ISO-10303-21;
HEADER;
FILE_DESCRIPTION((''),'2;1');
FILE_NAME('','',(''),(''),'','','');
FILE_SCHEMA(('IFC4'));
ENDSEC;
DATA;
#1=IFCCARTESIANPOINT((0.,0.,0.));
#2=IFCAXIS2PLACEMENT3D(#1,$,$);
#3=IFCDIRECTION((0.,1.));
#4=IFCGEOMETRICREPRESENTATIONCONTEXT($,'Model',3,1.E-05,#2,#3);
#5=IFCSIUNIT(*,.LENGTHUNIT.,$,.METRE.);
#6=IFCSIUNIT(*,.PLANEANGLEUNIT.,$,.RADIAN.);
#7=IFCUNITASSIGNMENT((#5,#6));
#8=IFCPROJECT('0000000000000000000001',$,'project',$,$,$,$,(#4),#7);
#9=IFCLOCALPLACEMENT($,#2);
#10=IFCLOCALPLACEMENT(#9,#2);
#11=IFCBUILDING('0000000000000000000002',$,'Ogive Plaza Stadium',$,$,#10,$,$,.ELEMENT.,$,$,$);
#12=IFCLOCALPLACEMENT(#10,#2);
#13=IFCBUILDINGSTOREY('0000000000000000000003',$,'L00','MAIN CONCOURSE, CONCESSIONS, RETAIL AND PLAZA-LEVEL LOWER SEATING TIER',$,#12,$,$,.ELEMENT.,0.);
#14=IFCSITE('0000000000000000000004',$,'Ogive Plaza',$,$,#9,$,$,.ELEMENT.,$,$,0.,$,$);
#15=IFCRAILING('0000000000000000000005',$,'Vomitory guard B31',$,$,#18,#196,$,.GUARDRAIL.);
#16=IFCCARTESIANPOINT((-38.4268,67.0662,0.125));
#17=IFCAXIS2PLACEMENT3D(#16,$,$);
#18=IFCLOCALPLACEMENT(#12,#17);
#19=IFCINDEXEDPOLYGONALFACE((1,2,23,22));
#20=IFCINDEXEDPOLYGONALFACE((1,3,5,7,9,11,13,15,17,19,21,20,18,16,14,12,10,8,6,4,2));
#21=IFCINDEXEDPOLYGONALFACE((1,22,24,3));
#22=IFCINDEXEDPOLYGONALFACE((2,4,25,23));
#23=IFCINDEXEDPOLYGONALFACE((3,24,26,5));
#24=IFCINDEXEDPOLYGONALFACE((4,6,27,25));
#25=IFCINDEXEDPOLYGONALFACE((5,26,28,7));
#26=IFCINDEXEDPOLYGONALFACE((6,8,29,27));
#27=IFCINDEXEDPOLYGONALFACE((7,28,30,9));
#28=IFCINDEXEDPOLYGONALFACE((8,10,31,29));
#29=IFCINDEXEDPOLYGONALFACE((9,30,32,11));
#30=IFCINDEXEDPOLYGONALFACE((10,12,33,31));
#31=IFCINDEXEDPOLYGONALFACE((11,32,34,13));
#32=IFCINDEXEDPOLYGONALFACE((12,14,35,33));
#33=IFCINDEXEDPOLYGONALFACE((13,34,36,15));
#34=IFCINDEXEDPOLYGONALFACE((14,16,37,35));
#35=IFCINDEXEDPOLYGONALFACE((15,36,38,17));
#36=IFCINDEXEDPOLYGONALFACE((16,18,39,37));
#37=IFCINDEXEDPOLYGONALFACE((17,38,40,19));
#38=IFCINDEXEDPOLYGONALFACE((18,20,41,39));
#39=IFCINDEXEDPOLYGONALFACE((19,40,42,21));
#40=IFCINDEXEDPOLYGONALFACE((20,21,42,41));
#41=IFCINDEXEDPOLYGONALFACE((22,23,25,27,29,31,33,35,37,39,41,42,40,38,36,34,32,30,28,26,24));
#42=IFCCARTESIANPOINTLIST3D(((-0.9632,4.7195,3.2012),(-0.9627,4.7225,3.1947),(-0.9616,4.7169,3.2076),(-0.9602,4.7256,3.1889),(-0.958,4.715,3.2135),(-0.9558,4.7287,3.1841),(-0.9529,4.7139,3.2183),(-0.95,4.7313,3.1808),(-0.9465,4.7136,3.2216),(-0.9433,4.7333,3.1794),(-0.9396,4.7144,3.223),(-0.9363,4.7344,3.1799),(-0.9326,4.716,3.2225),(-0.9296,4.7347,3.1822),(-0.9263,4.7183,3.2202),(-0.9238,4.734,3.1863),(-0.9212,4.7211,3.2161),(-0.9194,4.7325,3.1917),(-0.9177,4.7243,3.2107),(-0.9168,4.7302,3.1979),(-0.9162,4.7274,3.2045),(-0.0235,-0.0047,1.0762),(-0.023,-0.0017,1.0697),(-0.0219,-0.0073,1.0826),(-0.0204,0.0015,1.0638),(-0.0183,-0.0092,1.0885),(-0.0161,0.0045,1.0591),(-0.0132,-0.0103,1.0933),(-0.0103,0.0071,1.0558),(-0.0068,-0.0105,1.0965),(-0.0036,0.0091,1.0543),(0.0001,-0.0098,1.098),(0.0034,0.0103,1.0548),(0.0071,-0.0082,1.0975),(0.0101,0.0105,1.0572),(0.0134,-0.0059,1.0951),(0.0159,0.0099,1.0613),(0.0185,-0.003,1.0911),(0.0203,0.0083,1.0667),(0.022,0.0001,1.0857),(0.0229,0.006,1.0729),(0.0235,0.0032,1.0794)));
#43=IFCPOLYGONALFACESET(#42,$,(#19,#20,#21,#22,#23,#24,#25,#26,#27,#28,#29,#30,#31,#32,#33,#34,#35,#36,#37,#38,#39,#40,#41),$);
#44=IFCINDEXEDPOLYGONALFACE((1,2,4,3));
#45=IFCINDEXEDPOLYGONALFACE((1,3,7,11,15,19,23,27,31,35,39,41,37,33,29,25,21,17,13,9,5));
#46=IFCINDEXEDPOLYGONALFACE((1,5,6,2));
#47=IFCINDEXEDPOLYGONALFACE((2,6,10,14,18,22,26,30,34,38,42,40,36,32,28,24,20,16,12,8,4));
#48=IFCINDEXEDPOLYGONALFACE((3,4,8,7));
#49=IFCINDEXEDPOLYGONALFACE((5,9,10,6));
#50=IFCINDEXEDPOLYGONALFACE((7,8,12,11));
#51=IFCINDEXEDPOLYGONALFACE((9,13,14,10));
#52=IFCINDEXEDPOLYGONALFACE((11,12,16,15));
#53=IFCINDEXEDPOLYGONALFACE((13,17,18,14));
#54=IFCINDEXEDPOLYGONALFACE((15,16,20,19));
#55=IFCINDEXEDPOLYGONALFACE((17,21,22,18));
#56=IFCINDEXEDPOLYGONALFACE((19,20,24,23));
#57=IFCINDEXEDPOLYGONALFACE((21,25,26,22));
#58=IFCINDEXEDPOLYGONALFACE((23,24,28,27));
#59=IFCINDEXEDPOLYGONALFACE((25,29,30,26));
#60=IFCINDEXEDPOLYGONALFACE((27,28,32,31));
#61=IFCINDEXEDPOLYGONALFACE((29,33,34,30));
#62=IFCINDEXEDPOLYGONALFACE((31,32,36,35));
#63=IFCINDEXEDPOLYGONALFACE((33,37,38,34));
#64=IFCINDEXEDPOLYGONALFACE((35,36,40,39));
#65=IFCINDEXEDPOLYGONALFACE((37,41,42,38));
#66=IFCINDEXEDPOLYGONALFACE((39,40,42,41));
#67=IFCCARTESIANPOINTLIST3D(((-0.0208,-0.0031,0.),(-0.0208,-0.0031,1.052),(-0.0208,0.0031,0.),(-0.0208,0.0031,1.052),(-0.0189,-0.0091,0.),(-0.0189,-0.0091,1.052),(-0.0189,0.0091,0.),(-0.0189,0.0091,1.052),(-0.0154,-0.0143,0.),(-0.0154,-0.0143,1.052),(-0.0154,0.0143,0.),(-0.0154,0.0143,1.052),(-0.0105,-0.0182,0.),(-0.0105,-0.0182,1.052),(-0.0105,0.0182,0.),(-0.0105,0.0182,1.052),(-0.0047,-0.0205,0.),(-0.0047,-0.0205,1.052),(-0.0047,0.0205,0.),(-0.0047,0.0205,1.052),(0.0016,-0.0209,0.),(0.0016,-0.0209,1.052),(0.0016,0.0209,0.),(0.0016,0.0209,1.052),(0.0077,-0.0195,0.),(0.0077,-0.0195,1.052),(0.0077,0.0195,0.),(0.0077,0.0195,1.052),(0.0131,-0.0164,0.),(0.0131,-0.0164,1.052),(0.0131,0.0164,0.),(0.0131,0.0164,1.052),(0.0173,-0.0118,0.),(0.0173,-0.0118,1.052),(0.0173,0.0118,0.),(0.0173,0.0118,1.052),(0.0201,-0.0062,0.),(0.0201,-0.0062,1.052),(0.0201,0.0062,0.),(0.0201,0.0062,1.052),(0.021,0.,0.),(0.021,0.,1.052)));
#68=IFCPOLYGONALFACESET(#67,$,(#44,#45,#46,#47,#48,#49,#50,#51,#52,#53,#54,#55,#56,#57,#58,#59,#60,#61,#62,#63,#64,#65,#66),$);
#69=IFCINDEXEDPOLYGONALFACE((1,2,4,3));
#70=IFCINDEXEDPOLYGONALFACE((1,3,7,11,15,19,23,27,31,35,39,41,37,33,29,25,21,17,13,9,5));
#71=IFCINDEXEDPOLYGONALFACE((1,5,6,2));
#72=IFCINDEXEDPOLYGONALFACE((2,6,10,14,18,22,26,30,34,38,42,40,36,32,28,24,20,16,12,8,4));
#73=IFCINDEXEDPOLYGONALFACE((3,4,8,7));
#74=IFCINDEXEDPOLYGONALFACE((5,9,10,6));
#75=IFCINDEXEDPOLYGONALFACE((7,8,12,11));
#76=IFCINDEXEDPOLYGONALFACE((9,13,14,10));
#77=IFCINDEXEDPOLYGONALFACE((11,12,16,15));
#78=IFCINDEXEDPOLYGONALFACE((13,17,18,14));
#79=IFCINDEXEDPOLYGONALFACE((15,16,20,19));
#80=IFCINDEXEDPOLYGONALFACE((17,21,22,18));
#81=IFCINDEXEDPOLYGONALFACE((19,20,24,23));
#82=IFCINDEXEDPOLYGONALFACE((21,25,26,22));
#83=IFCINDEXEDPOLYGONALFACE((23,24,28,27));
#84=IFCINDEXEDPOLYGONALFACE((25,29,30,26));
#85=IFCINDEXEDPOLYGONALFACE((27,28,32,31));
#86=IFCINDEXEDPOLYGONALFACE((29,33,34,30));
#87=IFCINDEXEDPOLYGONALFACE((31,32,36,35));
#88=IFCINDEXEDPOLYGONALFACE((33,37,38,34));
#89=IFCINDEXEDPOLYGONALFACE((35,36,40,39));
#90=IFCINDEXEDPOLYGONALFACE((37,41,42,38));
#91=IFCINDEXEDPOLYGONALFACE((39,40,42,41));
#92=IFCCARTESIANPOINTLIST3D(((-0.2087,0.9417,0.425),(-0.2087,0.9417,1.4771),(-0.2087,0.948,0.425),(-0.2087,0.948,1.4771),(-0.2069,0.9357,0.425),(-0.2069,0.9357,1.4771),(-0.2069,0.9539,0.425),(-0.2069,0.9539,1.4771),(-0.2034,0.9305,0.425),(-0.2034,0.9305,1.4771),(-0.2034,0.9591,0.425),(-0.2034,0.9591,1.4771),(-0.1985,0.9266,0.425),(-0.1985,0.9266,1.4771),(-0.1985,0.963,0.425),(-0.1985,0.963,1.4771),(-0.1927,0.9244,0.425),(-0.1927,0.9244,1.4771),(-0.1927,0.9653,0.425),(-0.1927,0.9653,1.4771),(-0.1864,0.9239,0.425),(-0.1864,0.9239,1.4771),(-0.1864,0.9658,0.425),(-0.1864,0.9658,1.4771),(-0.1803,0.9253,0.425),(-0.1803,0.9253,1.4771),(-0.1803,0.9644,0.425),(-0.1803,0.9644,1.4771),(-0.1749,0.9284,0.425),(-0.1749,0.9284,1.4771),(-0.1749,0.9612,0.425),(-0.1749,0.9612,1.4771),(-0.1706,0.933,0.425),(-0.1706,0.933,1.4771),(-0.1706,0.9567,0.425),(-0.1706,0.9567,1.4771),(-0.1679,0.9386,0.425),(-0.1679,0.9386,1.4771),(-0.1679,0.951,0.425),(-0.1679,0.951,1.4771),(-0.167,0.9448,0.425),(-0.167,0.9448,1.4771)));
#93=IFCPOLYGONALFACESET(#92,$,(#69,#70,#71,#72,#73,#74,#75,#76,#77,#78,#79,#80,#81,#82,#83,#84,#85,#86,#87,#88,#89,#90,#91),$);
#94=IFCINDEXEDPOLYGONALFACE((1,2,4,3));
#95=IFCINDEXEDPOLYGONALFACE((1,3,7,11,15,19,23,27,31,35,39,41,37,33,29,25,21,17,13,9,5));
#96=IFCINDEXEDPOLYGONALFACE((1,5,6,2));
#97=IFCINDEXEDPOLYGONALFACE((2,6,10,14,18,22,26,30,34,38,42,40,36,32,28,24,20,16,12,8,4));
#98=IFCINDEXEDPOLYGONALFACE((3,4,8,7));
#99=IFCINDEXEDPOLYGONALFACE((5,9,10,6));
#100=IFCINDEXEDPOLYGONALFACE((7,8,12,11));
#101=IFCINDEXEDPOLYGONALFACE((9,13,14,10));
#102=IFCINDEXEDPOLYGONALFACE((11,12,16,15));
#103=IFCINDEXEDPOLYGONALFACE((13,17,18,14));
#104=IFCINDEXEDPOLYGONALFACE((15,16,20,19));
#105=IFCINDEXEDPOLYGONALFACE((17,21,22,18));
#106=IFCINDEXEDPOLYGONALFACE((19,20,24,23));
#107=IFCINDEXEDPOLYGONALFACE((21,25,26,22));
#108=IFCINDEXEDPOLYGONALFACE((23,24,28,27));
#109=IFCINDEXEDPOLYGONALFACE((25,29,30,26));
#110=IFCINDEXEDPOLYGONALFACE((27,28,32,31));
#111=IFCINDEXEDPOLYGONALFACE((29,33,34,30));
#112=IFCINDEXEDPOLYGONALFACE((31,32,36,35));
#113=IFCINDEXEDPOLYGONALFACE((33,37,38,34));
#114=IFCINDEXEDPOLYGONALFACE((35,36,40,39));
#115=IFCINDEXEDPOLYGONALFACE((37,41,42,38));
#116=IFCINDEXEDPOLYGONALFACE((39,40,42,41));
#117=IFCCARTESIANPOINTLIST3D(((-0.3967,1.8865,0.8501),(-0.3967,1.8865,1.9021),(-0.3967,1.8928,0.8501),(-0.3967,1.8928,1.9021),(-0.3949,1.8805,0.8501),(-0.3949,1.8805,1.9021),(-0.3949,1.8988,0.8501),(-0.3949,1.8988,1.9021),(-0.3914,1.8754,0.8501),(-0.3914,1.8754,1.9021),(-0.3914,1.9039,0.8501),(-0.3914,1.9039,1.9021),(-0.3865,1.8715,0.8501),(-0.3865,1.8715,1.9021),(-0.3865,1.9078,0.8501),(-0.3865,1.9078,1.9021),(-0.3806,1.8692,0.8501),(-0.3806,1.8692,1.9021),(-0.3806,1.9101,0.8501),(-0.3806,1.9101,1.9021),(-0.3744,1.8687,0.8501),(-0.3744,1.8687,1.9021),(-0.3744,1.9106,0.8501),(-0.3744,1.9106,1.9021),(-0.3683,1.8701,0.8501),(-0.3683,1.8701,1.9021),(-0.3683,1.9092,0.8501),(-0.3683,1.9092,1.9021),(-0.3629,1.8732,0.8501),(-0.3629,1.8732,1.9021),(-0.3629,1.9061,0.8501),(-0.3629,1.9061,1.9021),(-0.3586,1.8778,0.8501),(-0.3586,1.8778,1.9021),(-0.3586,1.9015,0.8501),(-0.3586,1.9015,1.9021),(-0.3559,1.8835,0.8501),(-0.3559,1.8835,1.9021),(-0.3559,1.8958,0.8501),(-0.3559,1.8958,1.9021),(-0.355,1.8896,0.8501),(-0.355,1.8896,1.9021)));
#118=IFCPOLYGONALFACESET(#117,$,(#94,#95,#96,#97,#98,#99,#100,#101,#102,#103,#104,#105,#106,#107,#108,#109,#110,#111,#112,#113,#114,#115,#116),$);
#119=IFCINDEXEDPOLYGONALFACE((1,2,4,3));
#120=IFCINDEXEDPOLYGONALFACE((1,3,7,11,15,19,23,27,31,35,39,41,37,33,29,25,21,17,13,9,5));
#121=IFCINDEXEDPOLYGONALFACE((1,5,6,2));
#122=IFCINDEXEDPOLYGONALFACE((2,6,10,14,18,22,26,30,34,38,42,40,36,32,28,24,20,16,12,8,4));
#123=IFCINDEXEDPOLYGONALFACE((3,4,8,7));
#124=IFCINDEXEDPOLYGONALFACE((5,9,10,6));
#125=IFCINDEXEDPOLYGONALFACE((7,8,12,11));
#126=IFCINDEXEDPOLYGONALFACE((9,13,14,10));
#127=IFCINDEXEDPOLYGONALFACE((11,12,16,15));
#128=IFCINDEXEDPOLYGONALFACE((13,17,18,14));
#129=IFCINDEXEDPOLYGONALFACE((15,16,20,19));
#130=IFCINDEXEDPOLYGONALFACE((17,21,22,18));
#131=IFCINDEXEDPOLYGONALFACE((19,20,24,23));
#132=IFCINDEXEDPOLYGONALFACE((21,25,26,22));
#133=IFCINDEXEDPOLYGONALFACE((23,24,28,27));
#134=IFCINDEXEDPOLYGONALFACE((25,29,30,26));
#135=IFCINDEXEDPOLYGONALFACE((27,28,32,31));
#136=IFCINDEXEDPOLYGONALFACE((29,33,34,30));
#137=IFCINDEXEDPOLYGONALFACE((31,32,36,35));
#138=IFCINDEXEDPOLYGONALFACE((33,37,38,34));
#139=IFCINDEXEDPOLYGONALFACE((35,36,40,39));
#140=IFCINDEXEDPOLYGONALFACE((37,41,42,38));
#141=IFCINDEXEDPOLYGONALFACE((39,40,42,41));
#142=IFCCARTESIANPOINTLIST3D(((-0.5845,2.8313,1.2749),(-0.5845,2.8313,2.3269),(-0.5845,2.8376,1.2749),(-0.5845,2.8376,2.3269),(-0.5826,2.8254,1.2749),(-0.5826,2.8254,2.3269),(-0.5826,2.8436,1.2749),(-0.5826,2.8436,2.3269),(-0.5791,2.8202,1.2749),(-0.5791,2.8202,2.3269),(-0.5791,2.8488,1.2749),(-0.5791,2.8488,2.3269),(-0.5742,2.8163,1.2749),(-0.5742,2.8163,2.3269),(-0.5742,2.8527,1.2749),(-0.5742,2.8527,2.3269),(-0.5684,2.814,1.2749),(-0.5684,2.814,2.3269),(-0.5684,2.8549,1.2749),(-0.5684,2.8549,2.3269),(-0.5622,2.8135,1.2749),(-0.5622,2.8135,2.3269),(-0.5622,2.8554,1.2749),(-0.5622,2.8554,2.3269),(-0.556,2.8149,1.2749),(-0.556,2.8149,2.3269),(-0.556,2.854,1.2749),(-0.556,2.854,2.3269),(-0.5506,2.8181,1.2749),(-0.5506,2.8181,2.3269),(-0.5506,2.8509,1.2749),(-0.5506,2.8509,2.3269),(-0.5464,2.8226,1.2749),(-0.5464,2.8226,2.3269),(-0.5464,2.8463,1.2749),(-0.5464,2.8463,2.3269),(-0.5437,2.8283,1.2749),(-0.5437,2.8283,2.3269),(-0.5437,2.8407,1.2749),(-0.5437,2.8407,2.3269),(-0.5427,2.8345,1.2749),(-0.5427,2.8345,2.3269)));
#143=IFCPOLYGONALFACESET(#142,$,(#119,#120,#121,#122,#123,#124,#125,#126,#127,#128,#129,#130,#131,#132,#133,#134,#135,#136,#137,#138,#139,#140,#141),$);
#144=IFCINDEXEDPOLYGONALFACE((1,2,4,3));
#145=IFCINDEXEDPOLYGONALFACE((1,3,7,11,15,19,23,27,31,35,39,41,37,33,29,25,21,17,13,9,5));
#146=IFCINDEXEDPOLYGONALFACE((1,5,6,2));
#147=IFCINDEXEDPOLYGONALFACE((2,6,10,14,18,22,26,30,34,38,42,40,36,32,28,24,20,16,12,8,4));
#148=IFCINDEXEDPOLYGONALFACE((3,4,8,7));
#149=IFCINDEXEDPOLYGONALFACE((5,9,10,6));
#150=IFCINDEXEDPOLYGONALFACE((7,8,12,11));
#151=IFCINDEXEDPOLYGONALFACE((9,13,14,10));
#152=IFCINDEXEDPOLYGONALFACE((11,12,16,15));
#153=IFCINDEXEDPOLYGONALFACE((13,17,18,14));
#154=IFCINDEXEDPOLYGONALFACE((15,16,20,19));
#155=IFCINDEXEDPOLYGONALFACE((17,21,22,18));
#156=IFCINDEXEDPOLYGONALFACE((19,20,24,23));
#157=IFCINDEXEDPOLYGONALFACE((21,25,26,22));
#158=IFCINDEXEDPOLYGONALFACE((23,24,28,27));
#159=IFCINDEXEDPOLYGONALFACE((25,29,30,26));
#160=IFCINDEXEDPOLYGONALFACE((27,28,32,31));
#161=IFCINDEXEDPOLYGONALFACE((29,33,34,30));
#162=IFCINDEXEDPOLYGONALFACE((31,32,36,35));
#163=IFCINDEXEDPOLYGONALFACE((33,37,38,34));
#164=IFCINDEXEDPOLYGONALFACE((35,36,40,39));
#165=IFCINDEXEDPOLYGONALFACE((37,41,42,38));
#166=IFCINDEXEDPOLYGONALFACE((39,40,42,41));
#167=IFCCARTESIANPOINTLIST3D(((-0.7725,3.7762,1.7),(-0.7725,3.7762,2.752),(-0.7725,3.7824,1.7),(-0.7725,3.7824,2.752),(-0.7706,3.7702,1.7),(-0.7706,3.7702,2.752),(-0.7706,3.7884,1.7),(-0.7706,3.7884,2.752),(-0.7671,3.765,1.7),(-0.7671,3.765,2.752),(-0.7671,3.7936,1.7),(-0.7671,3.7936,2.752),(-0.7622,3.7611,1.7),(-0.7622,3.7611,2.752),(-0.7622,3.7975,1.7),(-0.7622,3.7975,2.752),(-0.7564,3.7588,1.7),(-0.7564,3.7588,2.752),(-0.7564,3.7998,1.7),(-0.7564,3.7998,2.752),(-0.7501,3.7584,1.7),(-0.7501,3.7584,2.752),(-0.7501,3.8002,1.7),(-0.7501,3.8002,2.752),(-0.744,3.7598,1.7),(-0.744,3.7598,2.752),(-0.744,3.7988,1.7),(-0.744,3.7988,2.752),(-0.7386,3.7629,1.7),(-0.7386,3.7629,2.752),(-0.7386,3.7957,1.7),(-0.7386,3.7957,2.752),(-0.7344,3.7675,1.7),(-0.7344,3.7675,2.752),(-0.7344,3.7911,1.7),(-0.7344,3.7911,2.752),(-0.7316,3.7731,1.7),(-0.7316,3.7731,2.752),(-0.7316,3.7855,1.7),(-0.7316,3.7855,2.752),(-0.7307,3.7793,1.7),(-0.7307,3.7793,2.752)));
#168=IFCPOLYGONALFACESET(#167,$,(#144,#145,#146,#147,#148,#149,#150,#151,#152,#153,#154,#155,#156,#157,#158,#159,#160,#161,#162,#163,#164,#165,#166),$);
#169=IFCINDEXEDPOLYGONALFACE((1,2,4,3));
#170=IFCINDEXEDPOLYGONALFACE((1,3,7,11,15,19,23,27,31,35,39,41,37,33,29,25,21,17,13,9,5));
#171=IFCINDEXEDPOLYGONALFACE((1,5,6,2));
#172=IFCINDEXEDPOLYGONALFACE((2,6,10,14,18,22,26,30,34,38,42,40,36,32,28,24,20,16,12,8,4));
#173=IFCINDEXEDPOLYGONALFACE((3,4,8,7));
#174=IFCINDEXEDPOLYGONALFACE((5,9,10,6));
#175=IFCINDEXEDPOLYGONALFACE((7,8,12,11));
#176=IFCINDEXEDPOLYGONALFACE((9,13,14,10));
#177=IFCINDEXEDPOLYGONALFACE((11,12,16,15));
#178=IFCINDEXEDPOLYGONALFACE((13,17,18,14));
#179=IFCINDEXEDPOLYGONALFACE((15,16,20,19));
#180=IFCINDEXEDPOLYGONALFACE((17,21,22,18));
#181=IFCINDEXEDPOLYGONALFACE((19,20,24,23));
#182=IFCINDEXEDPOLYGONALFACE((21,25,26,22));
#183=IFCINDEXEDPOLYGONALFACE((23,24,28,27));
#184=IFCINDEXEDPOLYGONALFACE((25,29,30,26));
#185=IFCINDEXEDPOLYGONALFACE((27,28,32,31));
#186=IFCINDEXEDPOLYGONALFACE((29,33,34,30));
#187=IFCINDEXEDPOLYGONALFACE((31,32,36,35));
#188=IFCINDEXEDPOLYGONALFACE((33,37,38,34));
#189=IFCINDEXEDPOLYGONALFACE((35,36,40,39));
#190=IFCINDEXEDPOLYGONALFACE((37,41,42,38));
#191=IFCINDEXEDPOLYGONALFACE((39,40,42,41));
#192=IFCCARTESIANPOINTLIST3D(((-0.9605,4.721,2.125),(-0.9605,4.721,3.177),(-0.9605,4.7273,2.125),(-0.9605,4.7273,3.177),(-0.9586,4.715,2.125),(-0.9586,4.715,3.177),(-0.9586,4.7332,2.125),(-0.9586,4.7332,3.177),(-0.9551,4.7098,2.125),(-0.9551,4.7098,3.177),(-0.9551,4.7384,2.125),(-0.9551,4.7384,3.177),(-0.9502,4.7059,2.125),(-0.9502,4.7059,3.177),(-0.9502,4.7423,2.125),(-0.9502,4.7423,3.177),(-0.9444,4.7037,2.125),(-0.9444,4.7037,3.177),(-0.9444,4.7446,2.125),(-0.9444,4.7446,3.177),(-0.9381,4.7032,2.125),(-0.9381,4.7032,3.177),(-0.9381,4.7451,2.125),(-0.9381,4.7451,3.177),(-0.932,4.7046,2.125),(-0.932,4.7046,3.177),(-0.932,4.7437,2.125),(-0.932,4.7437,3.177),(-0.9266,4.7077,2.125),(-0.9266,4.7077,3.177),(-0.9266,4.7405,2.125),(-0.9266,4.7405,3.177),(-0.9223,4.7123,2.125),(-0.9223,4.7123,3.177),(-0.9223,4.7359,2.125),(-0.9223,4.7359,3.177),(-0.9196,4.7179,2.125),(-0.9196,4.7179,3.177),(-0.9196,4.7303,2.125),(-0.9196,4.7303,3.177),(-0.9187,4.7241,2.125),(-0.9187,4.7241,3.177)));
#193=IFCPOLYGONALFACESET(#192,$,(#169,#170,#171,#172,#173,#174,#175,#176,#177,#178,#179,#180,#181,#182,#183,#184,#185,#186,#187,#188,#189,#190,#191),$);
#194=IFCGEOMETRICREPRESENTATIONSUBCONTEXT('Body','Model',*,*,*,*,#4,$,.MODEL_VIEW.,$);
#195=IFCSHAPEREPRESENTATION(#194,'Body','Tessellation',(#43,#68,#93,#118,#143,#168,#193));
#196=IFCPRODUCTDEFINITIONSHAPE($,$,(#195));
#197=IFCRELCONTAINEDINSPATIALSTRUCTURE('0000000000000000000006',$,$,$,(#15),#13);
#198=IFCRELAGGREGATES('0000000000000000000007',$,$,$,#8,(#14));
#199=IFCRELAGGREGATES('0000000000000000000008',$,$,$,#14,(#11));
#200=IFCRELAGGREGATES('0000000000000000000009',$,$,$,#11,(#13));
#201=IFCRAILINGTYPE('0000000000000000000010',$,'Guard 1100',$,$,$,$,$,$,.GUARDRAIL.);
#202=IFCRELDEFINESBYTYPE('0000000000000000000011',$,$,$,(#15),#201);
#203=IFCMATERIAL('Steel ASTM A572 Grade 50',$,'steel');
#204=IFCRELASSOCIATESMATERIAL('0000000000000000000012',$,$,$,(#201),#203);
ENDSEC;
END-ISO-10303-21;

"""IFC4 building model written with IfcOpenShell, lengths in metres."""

from ifc_helpers import new_model, si_unit, direction, frame, origin, origin_2d, place, context, subcontext, project, spatial, circle, extrude, material, type_object, element, save


model = new_model("IFC4")

# Units and contexts
model_context = context("Model", 3, precision=1e-05, world=origin(), true_north=direction((0.0, 1.0)))
body_context = subcontext(model_context, "Body", "Model", "MODEL_VIEW")
ifc_project = project(units=[si_unit("LENGTHUNIT", "METRE"), si_unit("PLANEANGLEUNIT", "RADIAN")], contexts=[model_context])

# Site, building, storey
site_placement = place(None, origin())
site = spatial("IfcSite", under=ifc_project, at=site_placement, Name="Ogive Plaza", CompositionType="ELEMENT", RefElevation=0.0)
building_placement = place(site_placement, origin())
building = spatial("IfcBuilding", under=site, at=building_placement, Name="Ogive Plaza Stadium", CompositionType="ELEMENT")
storey_placement = place(building_placement, origin())
storey = spatial("IfcBuildingStorey", under=building, at=storey_placement, Name="L00", Description="MAIN CONCOURSE, CONCESSIONS, RETAIL AND PLAZA-LEVEL LOWER SEATING TIER", CompositionType="ELEMENT", Elevation=0.0)

# Railing
ifc_material_1 = material(Name="Steel ASTM A572 Grade 50", Category="steel")
railing_type = type_object("IfcRailingType", Name="Guard 1100", PredefinedType="GUARDRAIL", material=ifc_material_1)
railing_1_placement = place(storey_placement, frame((-38.4268, 67.0662, 0.125)))
element("IfcRailing", 1, at=railing_1_placement, inside=storey, type_object=railing_type, Name="Vomitory guard B31", PredefinedType="GUARDRAIL", context=body_context, shape_type="SweptSolid", body=[
    extrude(circle(Radius=0.0239, at=origin_2d()), frame((0.0, 0.0, 1.0762), z_axis=(-0.178494, 0.897338, 0.40364), x_axis=(-0.980785, -0.195093, 0.0)), (0.0, 0.0, 1.0), 5.2646),
    extrude(circle(Radius=0.021, at=origin_2d()), origin(), (0.0, 0.0, 1.0), 1.052),
    extrude(circle(Radius=0.021, at=origin_2d()), frame((-0.188, 0.9448, 0.425)), (0.0, 0.0, 1.0), 1.052),
    extrude(circle(Radius=0.021, at=origin_2d()), frame((-0.376, 1.8896, 0.8501)), (0.0, 0.0, 1.0), 1.052),
    extrude(circle(Radius=0.021, at=origin_2d()), frame((-0.5637, 2.8345, 1.2749)), (0.0, 0.0, 1.0), 1.052),
    extrude(circle(Radius=0.021, at=origin_2d()), frame((-0.7517, 3.7793, 1.7)), (0.0, 0.0, 1.0), 1.052),
    extrude(circle(Radius=0.021, at=origin_2d()), frame((-0.9397, 4.7241, 2.125)), (0.0, 0.0, 1.0), 1.052),
])

save(model, "model.ifc")
